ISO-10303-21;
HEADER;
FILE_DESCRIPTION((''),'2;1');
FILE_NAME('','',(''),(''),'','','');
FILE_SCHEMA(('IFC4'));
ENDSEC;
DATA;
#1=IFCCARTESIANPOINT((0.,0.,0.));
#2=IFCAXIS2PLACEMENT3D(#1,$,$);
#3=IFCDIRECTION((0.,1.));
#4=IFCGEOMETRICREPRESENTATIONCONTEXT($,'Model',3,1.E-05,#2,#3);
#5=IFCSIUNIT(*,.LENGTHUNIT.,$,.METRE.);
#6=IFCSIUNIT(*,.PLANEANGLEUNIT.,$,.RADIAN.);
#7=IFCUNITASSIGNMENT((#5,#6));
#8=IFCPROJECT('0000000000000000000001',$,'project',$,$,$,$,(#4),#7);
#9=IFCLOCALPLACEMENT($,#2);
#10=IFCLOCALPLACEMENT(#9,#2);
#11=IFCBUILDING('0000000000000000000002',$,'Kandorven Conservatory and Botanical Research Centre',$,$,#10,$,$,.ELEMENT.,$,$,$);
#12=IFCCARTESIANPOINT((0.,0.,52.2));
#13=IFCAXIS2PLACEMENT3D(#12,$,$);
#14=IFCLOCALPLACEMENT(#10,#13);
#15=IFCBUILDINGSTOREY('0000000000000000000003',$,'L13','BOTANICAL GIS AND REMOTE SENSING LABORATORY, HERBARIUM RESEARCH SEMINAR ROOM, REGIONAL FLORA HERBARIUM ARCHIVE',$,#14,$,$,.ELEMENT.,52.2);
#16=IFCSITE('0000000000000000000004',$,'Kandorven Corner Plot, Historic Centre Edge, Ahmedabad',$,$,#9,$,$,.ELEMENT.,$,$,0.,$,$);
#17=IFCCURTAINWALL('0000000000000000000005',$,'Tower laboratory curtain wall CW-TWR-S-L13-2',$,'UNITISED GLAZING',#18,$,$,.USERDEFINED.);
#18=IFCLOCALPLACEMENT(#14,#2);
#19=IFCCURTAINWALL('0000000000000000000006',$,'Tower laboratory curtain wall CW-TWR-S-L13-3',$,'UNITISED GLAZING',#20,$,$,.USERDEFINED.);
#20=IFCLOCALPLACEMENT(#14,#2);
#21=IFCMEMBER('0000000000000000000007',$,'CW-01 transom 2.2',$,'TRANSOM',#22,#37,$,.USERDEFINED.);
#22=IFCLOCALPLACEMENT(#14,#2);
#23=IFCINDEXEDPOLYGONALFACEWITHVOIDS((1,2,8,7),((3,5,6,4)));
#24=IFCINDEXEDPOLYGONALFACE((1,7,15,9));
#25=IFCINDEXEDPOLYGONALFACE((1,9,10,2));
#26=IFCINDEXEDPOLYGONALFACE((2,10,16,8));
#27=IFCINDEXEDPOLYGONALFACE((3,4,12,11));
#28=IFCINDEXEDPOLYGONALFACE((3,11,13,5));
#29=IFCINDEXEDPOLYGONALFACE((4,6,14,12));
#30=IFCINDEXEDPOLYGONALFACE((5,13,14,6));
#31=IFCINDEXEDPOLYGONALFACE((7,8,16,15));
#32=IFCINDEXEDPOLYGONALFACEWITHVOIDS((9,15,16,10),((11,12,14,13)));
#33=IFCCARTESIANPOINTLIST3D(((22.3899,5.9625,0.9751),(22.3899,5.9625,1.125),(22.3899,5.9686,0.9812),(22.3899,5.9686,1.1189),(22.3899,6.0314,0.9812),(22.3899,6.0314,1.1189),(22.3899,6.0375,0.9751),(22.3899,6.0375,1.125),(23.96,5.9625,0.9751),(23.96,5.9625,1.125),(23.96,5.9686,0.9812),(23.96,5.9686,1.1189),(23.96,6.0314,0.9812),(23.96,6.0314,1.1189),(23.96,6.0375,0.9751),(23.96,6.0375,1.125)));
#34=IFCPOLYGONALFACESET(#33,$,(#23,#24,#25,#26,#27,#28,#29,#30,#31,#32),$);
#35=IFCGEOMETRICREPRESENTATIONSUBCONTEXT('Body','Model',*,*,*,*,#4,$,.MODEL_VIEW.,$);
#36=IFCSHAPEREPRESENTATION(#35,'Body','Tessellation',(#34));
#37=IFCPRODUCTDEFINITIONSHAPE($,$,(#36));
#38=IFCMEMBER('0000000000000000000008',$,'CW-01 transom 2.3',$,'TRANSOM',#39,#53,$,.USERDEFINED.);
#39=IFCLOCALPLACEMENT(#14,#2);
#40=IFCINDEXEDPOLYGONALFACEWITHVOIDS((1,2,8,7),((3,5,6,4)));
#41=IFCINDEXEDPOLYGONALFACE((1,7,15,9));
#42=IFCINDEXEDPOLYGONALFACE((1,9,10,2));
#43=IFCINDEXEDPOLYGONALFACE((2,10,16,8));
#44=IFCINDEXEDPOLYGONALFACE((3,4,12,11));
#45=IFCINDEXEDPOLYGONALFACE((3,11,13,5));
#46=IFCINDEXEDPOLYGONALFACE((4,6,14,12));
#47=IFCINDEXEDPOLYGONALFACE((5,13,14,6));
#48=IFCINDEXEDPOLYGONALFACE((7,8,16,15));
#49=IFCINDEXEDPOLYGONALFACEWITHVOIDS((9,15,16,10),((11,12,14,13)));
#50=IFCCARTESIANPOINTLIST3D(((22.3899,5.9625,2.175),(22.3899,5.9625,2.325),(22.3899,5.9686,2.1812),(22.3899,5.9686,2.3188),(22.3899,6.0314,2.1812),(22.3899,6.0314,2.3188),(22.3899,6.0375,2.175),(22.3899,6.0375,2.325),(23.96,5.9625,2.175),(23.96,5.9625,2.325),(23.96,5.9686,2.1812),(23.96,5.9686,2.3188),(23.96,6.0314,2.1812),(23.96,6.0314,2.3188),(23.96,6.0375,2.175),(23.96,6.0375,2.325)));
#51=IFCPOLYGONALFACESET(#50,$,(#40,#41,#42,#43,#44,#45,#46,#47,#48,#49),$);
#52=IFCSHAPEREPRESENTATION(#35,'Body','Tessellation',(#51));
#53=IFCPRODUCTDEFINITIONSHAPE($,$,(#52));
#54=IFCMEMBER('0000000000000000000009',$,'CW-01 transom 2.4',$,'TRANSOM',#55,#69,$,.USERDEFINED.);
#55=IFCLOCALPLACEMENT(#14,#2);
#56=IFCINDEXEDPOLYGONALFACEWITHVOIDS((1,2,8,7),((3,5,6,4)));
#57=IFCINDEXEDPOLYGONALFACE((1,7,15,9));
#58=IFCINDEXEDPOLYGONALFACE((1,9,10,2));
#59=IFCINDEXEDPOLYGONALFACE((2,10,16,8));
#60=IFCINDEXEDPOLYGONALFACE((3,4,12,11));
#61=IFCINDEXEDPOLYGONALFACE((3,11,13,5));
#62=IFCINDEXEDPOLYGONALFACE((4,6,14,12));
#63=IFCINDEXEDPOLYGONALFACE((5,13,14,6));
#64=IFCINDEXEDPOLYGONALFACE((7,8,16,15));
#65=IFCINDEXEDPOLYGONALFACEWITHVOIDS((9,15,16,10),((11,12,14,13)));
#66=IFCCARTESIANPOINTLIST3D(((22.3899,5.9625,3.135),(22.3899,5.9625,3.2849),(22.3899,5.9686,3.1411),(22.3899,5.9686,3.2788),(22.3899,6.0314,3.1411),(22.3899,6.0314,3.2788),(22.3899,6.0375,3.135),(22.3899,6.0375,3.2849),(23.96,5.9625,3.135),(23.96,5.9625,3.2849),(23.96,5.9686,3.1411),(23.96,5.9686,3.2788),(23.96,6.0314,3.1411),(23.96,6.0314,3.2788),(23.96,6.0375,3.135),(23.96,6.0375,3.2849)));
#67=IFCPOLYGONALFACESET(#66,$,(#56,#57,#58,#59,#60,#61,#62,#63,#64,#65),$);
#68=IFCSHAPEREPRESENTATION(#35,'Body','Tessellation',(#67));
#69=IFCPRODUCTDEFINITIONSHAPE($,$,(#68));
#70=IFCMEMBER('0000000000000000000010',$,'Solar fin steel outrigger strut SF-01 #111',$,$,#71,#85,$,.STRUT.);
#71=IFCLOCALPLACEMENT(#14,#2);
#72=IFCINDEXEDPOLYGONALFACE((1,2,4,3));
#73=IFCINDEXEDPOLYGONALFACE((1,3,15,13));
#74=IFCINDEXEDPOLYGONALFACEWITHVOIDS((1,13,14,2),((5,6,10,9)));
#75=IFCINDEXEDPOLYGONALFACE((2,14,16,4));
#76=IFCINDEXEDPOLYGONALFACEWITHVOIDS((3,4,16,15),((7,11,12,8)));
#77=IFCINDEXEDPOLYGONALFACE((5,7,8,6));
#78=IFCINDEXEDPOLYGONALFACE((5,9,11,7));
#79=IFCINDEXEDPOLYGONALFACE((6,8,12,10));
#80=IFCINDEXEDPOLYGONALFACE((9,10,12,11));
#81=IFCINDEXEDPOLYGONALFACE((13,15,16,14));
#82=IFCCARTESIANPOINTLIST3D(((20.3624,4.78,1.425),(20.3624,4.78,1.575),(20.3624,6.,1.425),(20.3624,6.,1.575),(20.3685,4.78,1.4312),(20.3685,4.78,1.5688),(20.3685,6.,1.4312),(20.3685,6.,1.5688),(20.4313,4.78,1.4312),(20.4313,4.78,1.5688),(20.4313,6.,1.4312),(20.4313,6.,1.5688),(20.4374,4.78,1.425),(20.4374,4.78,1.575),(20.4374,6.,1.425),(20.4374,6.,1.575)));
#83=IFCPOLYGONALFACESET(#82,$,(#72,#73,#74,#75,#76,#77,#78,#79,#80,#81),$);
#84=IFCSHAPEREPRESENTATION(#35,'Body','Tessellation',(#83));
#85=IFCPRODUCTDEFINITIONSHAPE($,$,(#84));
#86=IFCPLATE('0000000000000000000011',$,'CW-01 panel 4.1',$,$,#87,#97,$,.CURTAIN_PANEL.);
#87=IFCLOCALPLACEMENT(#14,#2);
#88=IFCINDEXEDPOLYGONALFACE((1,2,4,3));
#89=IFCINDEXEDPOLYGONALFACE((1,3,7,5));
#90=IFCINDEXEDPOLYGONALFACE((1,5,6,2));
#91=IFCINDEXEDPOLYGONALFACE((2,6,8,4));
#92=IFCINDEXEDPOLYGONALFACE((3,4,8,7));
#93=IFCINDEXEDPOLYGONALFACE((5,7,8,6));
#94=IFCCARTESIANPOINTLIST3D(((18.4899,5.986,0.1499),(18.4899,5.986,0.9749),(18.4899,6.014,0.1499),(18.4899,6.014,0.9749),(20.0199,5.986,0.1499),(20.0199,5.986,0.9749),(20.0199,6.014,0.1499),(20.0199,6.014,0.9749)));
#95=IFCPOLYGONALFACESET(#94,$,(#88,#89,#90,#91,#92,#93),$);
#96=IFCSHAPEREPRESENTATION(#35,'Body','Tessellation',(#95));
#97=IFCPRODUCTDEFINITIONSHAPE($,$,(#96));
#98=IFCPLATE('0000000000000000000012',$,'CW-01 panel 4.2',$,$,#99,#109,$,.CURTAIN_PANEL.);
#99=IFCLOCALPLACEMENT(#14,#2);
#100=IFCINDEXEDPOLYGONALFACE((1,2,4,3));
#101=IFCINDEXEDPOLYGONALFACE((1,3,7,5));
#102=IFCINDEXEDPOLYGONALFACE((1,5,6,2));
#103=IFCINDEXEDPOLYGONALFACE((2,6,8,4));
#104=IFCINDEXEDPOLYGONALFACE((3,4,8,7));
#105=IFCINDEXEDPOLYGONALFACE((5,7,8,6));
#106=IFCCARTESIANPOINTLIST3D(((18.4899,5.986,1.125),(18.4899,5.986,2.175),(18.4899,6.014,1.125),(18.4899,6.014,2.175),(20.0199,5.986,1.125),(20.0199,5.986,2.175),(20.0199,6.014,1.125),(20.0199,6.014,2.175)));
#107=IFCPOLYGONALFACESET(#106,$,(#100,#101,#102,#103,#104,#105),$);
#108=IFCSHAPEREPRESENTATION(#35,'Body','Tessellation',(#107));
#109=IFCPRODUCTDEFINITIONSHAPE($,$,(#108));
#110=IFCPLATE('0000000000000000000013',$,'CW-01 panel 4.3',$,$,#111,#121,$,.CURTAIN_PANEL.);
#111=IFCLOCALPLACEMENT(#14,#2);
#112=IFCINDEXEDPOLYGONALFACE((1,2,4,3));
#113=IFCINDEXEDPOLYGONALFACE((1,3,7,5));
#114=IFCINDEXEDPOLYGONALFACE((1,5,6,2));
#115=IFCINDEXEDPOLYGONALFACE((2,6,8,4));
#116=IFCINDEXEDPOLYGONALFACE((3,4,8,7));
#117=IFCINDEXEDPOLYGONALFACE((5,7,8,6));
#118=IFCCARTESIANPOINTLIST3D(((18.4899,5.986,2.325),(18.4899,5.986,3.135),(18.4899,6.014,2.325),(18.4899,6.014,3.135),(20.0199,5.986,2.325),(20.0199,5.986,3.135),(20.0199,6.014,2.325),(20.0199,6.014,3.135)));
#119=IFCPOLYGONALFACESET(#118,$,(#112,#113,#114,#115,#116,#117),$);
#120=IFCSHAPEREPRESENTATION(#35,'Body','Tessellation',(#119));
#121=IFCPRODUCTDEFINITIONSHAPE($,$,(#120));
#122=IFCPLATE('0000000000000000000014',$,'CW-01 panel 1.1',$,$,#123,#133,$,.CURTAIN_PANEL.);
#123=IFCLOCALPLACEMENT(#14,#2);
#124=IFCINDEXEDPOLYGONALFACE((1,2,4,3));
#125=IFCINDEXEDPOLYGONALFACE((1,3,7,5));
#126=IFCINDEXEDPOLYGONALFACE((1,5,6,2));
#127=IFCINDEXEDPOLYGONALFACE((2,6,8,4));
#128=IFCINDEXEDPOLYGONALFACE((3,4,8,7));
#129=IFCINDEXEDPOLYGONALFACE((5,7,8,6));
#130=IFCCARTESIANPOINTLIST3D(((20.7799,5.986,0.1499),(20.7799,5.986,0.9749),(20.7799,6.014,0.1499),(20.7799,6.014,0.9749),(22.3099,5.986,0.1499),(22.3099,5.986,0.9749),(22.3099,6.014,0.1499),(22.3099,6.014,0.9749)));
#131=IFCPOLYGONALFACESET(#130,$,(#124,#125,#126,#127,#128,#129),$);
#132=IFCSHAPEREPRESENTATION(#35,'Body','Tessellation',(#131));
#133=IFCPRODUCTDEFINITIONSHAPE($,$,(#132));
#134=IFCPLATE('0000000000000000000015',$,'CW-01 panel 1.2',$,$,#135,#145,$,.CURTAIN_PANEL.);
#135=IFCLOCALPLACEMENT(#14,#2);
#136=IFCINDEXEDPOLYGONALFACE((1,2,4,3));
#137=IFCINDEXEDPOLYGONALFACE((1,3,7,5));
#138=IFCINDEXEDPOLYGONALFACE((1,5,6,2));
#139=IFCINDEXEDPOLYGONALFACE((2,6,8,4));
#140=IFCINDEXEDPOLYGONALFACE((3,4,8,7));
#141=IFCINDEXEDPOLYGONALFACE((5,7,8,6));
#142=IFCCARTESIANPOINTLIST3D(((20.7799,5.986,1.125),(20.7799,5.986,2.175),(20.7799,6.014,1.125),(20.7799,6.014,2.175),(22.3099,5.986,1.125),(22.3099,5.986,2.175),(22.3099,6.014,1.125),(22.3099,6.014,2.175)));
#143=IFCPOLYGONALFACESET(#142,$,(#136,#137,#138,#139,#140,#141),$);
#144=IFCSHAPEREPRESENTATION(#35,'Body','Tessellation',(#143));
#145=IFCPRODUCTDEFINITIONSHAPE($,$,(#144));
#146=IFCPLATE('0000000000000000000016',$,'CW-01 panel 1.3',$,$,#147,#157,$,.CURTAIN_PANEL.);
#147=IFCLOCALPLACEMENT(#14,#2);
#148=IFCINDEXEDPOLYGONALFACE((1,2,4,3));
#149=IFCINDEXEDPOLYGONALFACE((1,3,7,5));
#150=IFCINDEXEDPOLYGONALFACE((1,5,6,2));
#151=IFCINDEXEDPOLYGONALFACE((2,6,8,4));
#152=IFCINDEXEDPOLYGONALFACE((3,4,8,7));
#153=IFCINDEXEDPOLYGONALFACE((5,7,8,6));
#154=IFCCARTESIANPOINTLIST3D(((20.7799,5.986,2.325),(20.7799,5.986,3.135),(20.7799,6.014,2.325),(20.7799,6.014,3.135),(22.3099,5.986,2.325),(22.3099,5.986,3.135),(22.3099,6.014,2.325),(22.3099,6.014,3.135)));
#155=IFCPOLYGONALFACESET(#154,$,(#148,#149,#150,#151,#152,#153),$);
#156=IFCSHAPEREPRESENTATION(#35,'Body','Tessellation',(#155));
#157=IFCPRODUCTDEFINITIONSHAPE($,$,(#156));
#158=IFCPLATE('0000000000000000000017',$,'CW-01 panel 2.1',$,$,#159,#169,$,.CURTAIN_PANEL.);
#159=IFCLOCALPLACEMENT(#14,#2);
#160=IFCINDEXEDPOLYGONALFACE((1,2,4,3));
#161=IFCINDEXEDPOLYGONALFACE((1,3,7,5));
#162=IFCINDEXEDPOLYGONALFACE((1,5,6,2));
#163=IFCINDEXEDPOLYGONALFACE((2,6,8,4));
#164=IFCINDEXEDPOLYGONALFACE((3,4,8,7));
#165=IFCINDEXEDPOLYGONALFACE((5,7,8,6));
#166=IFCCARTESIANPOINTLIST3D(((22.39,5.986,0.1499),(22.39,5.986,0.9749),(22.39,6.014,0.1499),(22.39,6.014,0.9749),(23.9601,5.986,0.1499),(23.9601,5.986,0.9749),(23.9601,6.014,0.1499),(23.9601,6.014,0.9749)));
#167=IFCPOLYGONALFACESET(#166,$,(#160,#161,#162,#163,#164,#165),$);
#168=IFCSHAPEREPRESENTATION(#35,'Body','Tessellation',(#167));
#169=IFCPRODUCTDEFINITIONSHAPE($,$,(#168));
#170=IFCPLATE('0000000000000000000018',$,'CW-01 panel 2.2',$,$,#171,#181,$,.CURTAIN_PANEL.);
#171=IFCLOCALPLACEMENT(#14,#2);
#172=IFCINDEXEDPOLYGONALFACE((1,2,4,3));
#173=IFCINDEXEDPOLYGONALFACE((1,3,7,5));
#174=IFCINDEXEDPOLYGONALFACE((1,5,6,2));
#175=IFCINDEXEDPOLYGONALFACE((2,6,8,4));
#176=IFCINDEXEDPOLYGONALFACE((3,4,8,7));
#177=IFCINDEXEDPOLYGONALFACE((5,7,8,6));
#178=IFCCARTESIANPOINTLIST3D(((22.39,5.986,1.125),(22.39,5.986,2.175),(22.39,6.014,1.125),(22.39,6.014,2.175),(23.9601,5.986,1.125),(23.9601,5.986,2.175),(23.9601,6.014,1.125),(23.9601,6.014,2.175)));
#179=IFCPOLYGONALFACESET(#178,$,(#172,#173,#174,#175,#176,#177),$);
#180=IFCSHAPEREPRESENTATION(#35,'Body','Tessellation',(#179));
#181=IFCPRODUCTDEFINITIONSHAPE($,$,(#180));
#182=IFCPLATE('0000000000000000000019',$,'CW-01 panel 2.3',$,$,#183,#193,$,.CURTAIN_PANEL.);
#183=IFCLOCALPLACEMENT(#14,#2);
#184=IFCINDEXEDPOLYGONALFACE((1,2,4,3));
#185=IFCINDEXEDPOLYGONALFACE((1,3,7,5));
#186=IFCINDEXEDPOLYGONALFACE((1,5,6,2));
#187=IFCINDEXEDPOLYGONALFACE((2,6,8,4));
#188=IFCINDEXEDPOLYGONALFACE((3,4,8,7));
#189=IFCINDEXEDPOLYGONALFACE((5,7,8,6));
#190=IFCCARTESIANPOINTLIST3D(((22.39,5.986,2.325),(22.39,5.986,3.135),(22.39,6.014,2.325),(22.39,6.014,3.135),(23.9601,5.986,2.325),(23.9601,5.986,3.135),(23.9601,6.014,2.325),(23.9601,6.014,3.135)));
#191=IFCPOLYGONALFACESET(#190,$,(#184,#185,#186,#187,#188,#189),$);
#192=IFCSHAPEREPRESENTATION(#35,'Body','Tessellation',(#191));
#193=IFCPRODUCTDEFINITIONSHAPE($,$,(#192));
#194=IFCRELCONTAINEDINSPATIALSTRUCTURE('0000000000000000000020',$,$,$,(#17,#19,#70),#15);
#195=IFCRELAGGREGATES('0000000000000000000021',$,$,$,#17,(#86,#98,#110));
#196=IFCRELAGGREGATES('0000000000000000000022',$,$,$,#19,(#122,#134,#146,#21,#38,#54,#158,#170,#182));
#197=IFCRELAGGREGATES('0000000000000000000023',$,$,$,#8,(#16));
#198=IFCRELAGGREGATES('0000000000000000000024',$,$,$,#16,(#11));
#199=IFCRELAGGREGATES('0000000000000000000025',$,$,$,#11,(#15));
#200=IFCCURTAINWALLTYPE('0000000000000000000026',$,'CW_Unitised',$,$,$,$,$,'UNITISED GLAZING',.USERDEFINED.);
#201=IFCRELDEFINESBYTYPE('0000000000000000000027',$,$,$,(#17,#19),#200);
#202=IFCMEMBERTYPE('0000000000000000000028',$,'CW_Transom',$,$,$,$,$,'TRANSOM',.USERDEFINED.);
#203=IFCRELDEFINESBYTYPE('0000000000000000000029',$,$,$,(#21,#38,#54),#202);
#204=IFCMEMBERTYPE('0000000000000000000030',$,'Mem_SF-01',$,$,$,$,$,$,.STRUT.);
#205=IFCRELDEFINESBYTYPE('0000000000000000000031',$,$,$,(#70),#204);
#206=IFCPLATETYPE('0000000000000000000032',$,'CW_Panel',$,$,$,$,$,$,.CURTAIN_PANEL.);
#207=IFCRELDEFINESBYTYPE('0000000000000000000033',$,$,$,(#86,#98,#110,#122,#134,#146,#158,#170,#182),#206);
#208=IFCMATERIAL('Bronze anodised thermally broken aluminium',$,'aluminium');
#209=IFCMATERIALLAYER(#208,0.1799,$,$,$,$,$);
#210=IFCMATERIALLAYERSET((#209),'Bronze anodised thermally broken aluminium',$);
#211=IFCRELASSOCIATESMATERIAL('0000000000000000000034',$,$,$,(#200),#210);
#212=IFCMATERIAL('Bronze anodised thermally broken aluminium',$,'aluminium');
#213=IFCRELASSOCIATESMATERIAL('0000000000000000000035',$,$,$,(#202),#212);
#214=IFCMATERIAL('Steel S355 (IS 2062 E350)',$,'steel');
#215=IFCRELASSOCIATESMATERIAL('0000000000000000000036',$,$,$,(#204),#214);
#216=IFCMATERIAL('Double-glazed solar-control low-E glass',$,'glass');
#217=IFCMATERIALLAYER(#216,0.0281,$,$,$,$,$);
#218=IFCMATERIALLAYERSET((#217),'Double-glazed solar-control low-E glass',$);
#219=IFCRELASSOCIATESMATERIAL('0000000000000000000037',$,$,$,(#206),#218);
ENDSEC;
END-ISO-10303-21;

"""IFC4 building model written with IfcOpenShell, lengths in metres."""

from ifc_helpers import new_model, si_unit, direction, frame, origin, origin_2d, place, context, subcontext, project, spatial, rectangle, hollow_rectangle, extrude, material, layer, layer_set, material_profile, profile_set, type_object, element, aggregate, save


model = new_model("IFC4")

# Units and contexts
model_context = context("Model", 3, precision=1e-05, world=origin(), true_north=direction((0.0, 1.0)))
body_context = subcontext(model_context, "Body", "Model", "MODEL_VIEW")
ifc_project = project(units=[si_unit("LENGTHUNIT", "METRE"), si_unit("PLANEANGLEUNIT", "RADIAN")], contexts=[model_context])

# Site, building, storey
site_placement = place(None, origin())
site = spatial("IfcSite", under=ifc_project, at=site_placement, Name="Kandorven Corner Plot, Historic Centre Edge, Ahmedabad", CompositionType="ELEMENT", RefElevation=0.0)
building_placement = place(site_placement, origin())
building = spatial("IfcBuilding", under=site, at=building_placement, Name="Kandorven Conservatory and Botanical Research Centre", CompositionType="ELEMENT")
storey_placement = place(building_placement, frame((0.0, 0.0, 52.2)))
storey = spatial("IfcBuildingStorey", under=building, at=storey_placement, Name="L13", Description="BOTANICAL GIS AND REMOTE SENSING LABORATORY, HERBARIUM RESEARCH SEMINAR ROOM, REGIONAL FLORA HERBARIUM ARCHIVE", CompositionType="ELEMENT", Elevation=52.2)

# Curtain wall
ifc_material_1 = material(Name="Bronze anodised thermally broken aluminium", Category="aluminium")
ifc_layer_1 = layer(ifc_material_1, 0.1799)
ifc_layer_set_1 = layer_set([ifc_layer_1], Name="Bronze anodised thermally broken aluminium")
curtain_wall_type = type_object("IfcCurtainWallType", Name="CW_Unitised", ElementType="UNITISED GLAZING", PredefinedType="USERDEFINED", material=ifc_layer_set_1)
curtain_wall_1_placement = place(storey_placement, origin())
curtain_wall_1 = element("IfcCurtainWall", 1, at=curtain_wall_1_placement, inside=storey, type_object=curtain_wall_type, Name="Tower laboratory curtain wall CW-TWR-S-L13-2", ObjectType="UNITISED GLAZING", PredefinedType="USERDEFINED")

# Curtain wall, members
curtain_wall_2_placement = place(storey_placement, origin())
curtain_wall_2 = element("IfcCurtainWall", 2, at=curtain_wall_2_placement, inside=storey, type_object=curtain_wall_type, Name="Tower laboratory curtain wall CW-TWR-S-L13-3", ObjectType="UNITISED GLAZING", PredefinedType="USERDEFINED")
ifc_material_2 = material(Name="Bronze anodised thermally broken aluminium", Category="aluminium")
ifc_material_profile_1 = material_profile(ifc_material_2, hollow_rectangle(XDim=0.075, YDim=0.1499, WallThickness=0.0061, at=origin_2d()))
ifc_profile_set_1 = profile_set([ifc_material_profile_1], Name="Bronze anodised thermally broken aluminium")
member_type_1 = type_object("IfcMemberType", Name="CW_Transom", ElementType="TRANSOM", PredefinedType="USERDEFINED", material=ifc_profile_set_1)
member_1_placement = place(storey_placement, frame((22.3899, 6.0, 1.05), z_axis=(1.0, 0.0, 0.0), x_axis=(0.0, 1.0, 0.0)))
member_1 = element("IfcMember", 3, at=member_1_placement, type_object=member_type_1, Name="CW-01 transom 2.2", ObjectType="TRANSOM", PredefinedType="USERDEFINED", context=body_context, shape_type="SweptSolid", body=[
    extrude(hollow_rectangle(XDim=0.075, YDim=0.1499, WallThickness=0.0061, at=origin_2d()), origin(), (0.0, 0.0, 1.0), 1.5701),
])
member_2_placement = place(storey_placement, frame((22.3899, 6.0, 2.25), z_axis=(1.0, 0.0, 0.0), x_axis=(0.0, 1.0, 0.0)))
member_2 = element("IfcMember", 4, at=member_2_placement, type_object=member_type_1, Name="CW-01 transom 2.3", ObjectType="TRANSOM", PredefinedType="USERDEFINED", context=body_context, shape_type="SweptSolid", body=[
    extrude(hollow_rectangle(XDim=0.075, YDim=0.1499, WallThickness=0.0061, at=origin_2d()), origin(), (0.0, 0.0, 1.0), 1.5701),
])
member_3_placement = place(storey_placement, frame((22.3899, 6.0, 3.21), z_axis=(1.0, 0.0, 0.0), x_axis=(0.0, 1.0, 0.0)))
member_3 = element("IfcMember", 5, at=member_3_placement, type_object=member_type_1, Name="CW-01 transom 2.4", ObjectType="TRANSOM", PredefinedType="USERDEFINED", context=body_context, shape_type="SweptSolid", body=[
    extrude(hollow_rectangle(XDim=0.075, YDim=0.1499, WallThickness=0.0061, at=origin_2d()), origin(), (0.0, 0.0, 1.0), 1.5701),
])

# Member
ifc_material_3 = material(Name="Steel S355 (IS 2062 E350)", Category="steel")
ifc_material_profile_2 = material_profile(ifc_material_3, hollow_rectangle(XDim=0.075, YDim=0.1499, WallThickness=0.0061, at=origin_2d()))
ifc_profile_set_2 = profile_set([ifc_material_profile_2], Name="Steel S355 (IS 2062 E350)")
member_type_2 = type_object("IfcMemberType", Name="Mem_SF-01", PredefinedType="STRUT", material=ifc_profile_set_2)
member_4_placement = place(storey_placement, frame((20.3999, 6.0, 1.5), z_axis=(0.0, -1.0, 0.0), x_axis=(1.0, 0.0, 0.0)))
element("IfcMember", 6, at=member_4_placement, inside=storey, type_object=member_type_2, Name="Solar fin steel outrigger strut SF-01 #111", PredefinedType="STRUT", context=body_context, shape_type="SweptSolid", body=[
    extrude(hollow_rectangle(XDim=0.075, YDim=0.1499, WallThickness=0.0061, at=origin_2d()), origin(), (0.0, 0.0, 1.0), 1.22),
])

# Plates
ifc_material_4 = material(Name="Double-glazed solar-control low-E glass", Category="glass")
ifc_layer_2 = layer(ifc_material_4, 0.0281)
ifc_layer_set_2 = layer_set([ifc_layer_2], Name="Double-glazed solar-control low-E glass")
plate_type_1 = type_object("IfcPlateType", Name="CW_Panel", PredefinedType="CURTAIN_PANEL", material=ifc_layer_set_2)
plate_1_placement = place(storey_placement, frame((19.2549, 6.0, 0.1499), z_axis=(0.0, 0.0, 1.0), x_axis=(1.0, 0.0, 0.0)))
plate_1 = element("IfcPlate", 7, at=plate_1_placement, type_object=plate_type_1, Name="CW-01 panel 4.1", PredefinedType="CURTAIN_PANEL", context=body_context, shape_type="SweptSolid", body=[
    extrude(rectangle(XDim=1.53, YDim=0.0281, at=origin_2d()), origin(), (0.0, 0.0, 1.0), 0.825),
])
plate_2_placement = place(storey_placement, frame((19.2549, 6.0, 1.125), z_axis=(0.0, 0.0, 1.0), x_axis=(1.0, 0.0, 0.0)))
plate_2 = element("IfcPlate", 8, at=plate_2_placement, type_object=plate_type_1, Name="CW-01 panel 4.2", PredefinedType="CURTAIN_PANEL", context=body_context, shape_type="SweptSolid", body=[
    extrude(rectangle(XDim=1.53, YDim=0.0281, at=origin_2d()), origin(), (0.0, 0.0, 1.0), 1.05),
])
plate_3_placement = place(storey_placement, frame((19.2549, 6.0, 2.325), z_axis=(0.0, 0.0, 1.0), x_axis=(1.0, 0.0, 0.0)))
plate_3 = element("IfcPlate", 9, at=plate_3_placement, type_object=plate_type_1, Name="CW-01 panel 4.3", PredefinedType="CURTAIN_PANEL", context=body_context, shape_type="SweptSolid", body=[
    extrude(rectangle(XDim=1.53, YDim=0.0281, at=origin_2d()), origin(), (0.0, 0.0, 1.0), 0.8101),
])
aggregate(curtain_wall_1, [plate_1, plate_2, plate_3])
plate_4_placement = place(storey_placement, frame((21.5449, 6.0, 0.1499), z_axis=(0.0, 0.0, 1.0), x_axis=(1.0, 0.0, 0.0)))
plate_4 = element("IfcPlate", 10, at=plate_4_placement, type_object=plate_type_1, Name="CW-01 panel 1.1", PredefinedType="CURTAIN_PANEL", context=body_context, shape_type="SweptSolid", body=[
    extrude(rectangle(XDim=1.53, YDim=0.0281, at=origin_2d()), origin(), (0.0, 0.0, 1.0), 0.825),
])
plate_5_placement = place(storey_placement, frame((21.5449, 6.0, 1.125), z_axis=(0.0, 0.0, 1.0), x_axis=(1.0, 0.0, 0.0)))
plate_5 = element("IfcPlate", 11, at=plate_5_placement, type_object=plate_type_1, Name="CW-01 panel 1.2", PredefinedType="CURTAIN_PANEL", context=body_context, shape_type="SweptSolid", body=[
    extrude(rectangle(XDim=1.53, YDim=0.0281, at=origin_2d()), origin(), (0.0, 0.0, 1.0), 1.05),
])
plate_6_placement = place(storey_placement, frame((21.5449, 6.0, 2.325), z_axis=(0.0, 0.0, 1.0), x_axis=(1.0, 0.0, 0.0)))
plate_6 = element("IfcPlate", 12, at=plate_6_placement, type_object=plate_type_1, Name="CW-01 panel 1.3", PredefinedType="CURTAIN_PANEL", context=body_context, shape_type="SweptSolid", body=[
    extrude(rectangle(XDim=1.53, YDim=0.0281, at=origin_2d()), origin(), (0.0, 0.0, 1.0), 0.8101),
])
plate_7_placement = place(storey_placement, frame((23.175, 6.0, 0.1499), z_axis=(0.0, 0.0, 1.0), x_axis=(1.0, 0.0, 0.0)))
plate_7 = element("IfcPlate", 13, at=plate_7_placement, type_object=plate_type_1, Name="CW-01 panel 2.1", PredefinedType="CURTAIN_PANEL", context=body_context, shape_type="SweptSolid", body=[
    extrude(rectangle(XDim=1.5701, YDim=0.0281, at=origin_2d()), origin(), (0.0, 0.0, 1.0), 0.825),
])
plate_8_placement = place(storey_placement, frame((23.175, 6.0, 1.125), z_axis=(0.0, 0.0, 1.0), x_axis=(1.0, 0.0, 0.0)))
plate_8 = element("IfcPlate", 14, at=plate_8_placement, type_object=plate_type_1, Name="CW-01 panel 2.2", PredefinedType="CURTAIN_PANEL", context=body_context, shape_type="SweptSolid", body=[
    extrude(rectangle(XDim=1.5701, YDim=0.0281, at=origin_2d()), origin(), (0.0, 0.0, 1.0), 1.05),
])
plate_9_placement = place(storey_placement, frame((23.175, 6.0, 2.325), z_axis=(0.0, 0.0, 1.0), x_axis=(1.0, 0.0, 0.0)))
plate_9 = element("IfcPlate", 15, at=plate_9_placement, type_object=plate_type_1, Name="CW-01 panel 2.3", PredefinedType="CURTAIN_PANEL", context=body_context, shape_type="SweptSolid", body=[
    extrude(rectangle(XDim=1.5701, YDim=0.0281, at=origin_2d()), origin(), (0.0, 0.0, 1.0), 0.8101),
])
aggregate(curtain_wall_2, [plate_4, plate_5, plate_6, member_1, member_2, member_3, plate_7, plate_8, plate_9])

save(model, "model.ifc")
